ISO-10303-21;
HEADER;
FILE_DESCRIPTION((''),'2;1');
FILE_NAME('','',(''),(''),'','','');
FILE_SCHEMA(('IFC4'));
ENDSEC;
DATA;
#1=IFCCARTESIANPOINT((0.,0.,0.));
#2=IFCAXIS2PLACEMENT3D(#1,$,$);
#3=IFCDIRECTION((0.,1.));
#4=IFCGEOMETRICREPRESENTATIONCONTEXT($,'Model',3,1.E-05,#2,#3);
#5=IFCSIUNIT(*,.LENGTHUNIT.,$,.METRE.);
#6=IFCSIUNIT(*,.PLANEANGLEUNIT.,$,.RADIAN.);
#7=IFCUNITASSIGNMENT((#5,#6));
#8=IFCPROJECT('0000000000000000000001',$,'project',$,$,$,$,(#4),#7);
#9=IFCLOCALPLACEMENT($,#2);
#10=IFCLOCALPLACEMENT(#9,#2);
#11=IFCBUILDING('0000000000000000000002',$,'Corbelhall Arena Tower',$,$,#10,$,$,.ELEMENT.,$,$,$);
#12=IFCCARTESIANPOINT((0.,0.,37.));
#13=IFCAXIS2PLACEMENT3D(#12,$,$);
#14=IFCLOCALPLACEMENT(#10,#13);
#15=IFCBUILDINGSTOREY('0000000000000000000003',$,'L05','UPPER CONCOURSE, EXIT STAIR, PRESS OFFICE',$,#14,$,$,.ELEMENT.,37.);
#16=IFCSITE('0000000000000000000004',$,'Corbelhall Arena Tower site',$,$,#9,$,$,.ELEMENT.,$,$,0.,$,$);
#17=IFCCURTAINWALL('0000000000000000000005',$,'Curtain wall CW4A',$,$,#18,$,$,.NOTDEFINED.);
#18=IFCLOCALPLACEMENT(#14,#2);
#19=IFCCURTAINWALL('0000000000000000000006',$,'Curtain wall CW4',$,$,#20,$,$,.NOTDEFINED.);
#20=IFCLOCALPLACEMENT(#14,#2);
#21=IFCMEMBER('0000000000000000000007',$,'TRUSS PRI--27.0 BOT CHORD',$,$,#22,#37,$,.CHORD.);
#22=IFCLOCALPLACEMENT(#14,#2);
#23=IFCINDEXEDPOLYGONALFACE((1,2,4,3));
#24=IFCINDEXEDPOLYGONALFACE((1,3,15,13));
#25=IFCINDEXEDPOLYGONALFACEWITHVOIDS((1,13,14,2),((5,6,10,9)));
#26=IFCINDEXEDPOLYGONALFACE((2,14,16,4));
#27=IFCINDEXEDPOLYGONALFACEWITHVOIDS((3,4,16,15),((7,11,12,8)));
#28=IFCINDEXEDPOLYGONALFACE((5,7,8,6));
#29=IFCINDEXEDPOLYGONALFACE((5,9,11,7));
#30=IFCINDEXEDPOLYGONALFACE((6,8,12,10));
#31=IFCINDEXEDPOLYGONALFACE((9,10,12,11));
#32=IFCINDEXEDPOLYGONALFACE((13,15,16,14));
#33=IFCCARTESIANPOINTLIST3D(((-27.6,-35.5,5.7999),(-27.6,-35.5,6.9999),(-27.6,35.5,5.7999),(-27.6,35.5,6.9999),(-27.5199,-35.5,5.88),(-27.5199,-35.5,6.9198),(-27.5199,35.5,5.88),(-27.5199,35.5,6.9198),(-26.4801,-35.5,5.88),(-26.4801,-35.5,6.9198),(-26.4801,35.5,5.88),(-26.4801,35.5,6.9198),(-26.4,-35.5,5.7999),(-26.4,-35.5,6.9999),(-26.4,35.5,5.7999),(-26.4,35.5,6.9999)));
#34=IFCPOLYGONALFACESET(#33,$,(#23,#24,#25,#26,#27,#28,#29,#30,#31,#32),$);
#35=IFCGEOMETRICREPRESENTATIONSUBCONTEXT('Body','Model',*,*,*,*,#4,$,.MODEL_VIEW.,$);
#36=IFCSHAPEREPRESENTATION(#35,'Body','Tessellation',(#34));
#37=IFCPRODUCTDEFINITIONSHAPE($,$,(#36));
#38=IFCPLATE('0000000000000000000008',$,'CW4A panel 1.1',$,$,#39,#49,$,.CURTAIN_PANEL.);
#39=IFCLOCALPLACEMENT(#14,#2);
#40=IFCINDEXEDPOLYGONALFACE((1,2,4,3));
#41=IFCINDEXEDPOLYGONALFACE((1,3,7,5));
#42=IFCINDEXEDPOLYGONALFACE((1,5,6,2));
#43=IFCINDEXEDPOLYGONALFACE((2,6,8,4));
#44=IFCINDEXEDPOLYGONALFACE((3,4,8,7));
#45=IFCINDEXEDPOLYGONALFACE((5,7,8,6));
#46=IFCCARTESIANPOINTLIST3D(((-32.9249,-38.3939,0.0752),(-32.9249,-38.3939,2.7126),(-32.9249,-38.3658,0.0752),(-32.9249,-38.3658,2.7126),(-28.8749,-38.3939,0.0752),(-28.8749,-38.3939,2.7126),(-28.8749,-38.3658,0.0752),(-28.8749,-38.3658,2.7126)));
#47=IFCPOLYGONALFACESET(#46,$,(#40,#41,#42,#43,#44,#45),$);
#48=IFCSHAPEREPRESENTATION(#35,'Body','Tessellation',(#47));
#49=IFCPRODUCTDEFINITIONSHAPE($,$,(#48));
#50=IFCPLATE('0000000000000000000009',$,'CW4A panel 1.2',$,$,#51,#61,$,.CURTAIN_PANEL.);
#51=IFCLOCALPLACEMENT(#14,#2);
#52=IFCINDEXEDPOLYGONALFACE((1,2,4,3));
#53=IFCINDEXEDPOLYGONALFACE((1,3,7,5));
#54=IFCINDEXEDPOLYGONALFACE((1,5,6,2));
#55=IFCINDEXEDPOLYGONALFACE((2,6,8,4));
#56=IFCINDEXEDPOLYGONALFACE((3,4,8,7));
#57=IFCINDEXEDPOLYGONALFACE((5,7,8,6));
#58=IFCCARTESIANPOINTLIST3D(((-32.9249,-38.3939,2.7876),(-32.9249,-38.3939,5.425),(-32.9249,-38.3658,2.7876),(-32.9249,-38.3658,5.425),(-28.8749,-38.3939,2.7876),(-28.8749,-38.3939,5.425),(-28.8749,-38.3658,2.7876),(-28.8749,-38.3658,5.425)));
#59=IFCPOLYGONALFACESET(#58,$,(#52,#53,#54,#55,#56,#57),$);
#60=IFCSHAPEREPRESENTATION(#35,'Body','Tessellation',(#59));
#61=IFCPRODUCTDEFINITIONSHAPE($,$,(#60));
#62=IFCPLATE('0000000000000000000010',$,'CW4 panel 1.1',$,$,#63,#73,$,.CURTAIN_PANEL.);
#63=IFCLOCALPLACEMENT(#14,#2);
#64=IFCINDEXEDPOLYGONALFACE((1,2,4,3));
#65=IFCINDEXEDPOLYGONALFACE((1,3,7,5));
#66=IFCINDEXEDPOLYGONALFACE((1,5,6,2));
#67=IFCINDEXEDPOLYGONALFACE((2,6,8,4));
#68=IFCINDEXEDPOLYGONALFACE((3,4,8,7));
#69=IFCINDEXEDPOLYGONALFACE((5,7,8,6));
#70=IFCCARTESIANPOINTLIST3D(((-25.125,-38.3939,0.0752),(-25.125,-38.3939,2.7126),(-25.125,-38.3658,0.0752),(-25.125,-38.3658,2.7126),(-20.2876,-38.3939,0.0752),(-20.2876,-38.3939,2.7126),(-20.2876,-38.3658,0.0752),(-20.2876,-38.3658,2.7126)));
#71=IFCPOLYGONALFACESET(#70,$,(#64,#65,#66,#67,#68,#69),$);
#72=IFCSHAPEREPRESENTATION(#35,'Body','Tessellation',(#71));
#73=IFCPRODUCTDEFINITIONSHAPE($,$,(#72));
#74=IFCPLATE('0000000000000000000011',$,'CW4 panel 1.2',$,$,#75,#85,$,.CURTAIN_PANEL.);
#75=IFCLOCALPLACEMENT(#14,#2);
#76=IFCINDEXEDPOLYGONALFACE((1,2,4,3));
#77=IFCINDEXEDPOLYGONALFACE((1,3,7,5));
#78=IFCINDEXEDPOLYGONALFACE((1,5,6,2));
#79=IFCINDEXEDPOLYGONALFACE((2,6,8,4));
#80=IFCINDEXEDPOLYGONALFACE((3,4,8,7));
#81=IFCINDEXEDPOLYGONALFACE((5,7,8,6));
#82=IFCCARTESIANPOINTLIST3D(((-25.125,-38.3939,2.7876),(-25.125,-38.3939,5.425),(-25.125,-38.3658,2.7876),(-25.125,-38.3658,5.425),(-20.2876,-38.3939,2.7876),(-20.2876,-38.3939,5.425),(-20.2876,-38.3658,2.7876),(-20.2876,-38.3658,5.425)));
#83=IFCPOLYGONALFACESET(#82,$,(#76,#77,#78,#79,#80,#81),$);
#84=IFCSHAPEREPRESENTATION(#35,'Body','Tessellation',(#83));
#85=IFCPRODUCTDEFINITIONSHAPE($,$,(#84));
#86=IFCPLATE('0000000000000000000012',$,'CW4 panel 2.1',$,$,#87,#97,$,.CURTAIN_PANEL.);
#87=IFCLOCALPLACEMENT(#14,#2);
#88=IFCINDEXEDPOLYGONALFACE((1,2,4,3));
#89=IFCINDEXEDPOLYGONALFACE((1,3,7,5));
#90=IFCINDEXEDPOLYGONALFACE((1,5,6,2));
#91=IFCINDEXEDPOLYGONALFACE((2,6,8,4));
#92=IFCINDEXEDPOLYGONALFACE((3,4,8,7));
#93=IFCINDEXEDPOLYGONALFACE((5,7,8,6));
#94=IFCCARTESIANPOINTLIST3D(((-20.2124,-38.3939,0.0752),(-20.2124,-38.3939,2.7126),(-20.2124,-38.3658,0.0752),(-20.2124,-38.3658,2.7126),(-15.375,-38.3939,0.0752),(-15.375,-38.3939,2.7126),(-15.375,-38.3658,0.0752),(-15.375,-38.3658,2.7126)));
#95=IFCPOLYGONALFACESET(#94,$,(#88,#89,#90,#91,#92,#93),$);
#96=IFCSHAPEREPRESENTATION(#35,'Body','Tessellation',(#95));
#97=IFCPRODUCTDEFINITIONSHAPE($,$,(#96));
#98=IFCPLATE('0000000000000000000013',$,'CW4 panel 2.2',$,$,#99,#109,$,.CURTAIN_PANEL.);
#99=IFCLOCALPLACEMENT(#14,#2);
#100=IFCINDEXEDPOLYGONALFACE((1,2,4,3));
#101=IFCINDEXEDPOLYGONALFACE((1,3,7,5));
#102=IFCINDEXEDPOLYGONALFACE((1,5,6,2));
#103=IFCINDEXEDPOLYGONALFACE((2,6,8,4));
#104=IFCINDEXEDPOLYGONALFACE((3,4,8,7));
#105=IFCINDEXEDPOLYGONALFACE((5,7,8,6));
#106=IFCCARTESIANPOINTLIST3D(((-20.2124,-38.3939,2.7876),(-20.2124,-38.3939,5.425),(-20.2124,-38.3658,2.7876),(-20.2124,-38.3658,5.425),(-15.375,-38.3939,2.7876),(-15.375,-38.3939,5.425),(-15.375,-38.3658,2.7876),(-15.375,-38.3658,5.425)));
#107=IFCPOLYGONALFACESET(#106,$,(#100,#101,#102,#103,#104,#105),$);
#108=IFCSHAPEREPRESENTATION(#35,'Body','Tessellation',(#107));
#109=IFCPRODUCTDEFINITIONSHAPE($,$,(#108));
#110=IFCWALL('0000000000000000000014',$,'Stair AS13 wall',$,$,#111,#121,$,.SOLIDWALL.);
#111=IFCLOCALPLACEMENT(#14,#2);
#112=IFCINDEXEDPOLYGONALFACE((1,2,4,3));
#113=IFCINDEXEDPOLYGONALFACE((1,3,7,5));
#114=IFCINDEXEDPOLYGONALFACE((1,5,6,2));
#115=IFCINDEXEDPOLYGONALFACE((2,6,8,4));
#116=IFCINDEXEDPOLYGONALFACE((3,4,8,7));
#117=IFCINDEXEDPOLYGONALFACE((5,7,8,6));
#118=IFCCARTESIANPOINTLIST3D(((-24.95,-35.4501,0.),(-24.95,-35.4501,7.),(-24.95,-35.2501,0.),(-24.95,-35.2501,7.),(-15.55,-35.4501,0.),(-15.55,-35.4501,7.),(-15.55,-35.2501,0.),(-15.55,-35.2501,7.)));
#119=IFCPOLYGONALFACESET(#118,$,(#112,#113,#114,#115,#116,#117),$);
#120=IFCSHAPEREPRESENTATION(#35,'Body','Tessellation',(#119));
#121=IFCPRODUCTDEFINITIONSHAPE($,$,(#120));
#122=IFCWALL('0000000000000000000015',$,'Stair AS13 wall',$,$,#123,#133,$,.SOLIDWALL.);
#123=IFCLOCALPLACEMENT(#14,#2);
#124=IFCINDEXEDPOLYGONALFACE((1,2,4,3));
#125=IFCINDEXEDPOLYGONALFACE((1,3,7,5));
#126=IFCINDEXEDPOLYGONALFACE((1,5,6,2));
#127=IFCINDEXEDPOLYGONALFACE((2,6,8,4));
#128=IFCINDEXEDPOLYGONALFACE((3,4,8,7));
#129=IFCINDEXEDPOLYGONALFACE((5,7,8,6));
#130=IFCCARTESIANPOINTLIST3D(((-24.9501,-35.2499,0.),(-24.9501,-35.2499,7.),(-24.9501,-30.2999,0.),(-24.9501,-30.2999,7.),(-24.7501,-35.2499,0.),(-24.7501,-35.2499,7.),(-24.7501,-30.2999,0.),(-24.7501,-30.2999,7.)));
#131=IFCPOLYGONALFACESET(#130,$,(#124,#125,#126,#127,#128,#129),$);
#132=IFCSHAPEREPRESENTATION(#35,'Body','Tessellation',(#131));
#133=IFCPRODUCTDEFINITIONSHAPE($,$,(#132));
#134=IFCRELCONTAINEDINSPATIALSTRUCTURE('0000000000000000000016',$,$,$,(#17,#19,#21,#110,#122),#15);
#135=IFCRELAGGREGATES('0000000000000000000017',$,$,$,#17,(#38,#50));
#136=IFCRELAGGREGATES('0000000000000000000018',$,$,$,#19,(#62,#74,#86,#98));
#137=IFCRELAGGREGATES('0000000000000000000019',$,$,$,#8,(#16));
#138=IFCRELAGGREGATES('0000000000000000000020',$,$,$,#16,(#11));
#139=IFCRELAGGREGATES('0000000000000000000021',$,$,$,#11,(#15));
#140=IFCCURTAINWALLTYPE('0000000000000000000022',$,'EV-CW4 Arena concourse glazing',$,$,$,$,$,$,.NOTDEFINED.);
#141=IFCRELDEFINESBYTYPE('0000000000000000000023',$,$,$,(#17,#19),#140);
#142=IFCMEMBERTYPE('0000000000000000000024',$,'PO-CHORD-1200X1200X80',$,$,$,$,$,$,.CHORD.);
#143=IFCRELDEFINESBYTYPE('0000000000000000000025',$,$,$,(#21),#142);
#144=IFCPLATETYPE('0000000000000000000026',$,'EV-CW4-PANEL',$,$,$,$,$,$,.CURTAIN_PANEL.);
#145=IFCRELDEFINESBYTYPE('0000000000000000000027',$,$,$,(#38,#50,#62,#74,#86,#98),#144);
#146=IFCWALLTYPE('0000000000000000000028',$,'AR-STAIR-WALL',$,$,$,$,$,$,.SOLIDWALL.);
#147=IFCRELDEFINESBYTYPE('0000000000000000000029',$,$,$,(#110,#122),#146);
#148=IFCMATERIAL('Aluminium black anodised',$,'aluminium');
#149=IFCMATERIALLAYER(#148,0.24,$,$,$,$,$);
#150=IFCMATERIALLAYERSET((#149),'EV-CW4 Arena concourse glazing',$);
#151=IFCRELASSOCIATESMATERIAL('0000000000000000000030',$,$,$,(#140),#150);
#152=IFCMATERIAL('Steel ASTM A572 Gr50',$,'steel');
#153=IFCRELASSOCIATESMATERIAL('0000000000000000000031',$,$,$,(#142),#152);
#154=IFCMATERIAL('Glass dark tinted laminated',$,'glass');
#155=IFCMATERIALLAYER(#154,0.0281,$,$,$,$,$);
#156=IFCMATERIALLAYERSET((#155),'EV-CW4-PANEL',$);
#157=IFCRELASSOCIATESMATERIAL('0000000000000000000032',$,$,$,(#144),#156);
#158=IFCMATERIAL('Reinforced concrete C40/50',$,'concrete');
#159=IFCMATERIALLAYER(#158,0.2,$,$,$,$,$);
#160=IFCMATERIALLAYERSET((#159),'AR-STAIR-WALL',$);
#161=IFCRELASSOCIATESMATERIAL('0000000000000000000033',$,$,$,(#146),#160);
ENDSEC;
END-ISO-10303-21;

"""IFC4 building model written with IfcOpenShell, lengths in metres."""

from ifc_helpers import new_model, si_unit, direction, frame, frame_2d, origin, origin_2d, place, context, subcontext, project, spatial, rectangle, hollow_rectangle, extrude, material, layer, layer_set, material_profile, profile_set, type_object, element, aggregate, save


model = new_model("IFC4")

# Units and contexts
model_context = context("Model", 3, precision=1e-05, world=origin(), true_north=direction((0.0, 1.0)))
body_context = subcontext(model_context, "Body", "Model", "MODEL_VIEW")
ifc_project = project(units=[si_unit("LENGTHUNIT", "METRE"), si_unit("PLANEANGLEUNIT", "RADIAN")], contexts=[model_context])

# Site, building, storey
site_placement = place(None, origin())
site = spatial("IfcSite", under=ifc_project, at=site_placement, Name="Corbelhall Arena Tower site", CompositionType="ELEMENT", RefElevation=0.0)
building_placement = place(site_placement, origin())
building = spatial("IfcBuilding", under=site, at=building_placement, Name="Corbelhall Arena Tower", CompositionType="ELEMENT")
storey_placement = place(building_placement, frame((0.0, 0.0, 37.0)))
storey = spatial("IfcBuildingStorey", under=building, at=storey_placement, Name="L05", Description="UPPER CONCOURSE, EXIT STAIR, PRESS OFFICE", CompositionType="ELEMENT", Elevation=37.0)

# Curtain wall
ifc_material_1 = material(Name="Aluminium black anodised", Category="aluminium")
ifc_layer_1 = layer(ifc_material_1, 0.24)
ifc_layer_set_1 = layer_set([ifc_layer_1], Name="EV-CW4 Arena concourse glazing")
curtain_wall_type = type_object("IfcCurtainWallType", Name="EV-CW4 Arena concourse glazing", PredefinedType="NOTDEFINED", material=ifc_layer_set_1)
curtain_wall_1_placement = place(storey_placement, origin())
curtain_wall_1 = element("IfcCurtainWall", 1, at=curtain_wall_1_placement, inside=storey, type_object=curtain_wall_type, Name="Curtain wall CW4A", PredefinedType="NOTDEFINED")

# Curtain wall
curtain_wall_2_placement = place(storey_placement, origin())
curtain_wall_2 = element("IfcCurtainWall", 2, at=curtain_wall_2_placement, inside=storey, type_object=curtain_wall_type, Name="Curtain wall CW4", PredefinedType="NOTDEFINED")

# Member
ifc_material_2 = material(Name="Steel ASTM A572 Gr50", Category="steel")
ifc_material_profile_1 = material_profile(ifc_material_2, hollow_rectangle(XDim=1.2, YDim=1.2, WallThickness=0.0801, at=origin_2d()))
ifc_profile_set_1 = profile_set([ifc_material_profile_1], Name="Steel ASTM A572 Gr50")
member_type_1 = type_object("IfcMemberType", Name="PO-CHORD-1200X1200X80", PredefinedType="CHORD", material=ifc_profile_set_1)
member_1_placement = place(storey_placement, frame((-27.0, -35.5, 6.3999), z_axis=(0.0, 1.0, 0.0), x_axis=(-1.0, 0.0, 0.0)))
element("IfcMember", 3, at=member_1_placement, inside=storey, type_object=member_type_1, Name="TRUSS PRI--27.0 BOT CHORD", PredefinedType="CHORD", context=body_context, shape_type="SweptSolid", body=[
    extrude(hollow_rectangle(XDim=1.2, YDim=1.2, WallThickness=0.0801, at=origin_2d()), origin(), (0.0, 0.0, 1.0), 71.0),
])

# Plates
ifc_material_3 = material(Name="Glass dark tinted laminated", Category="glass")
ifc_layer_2 = layer(ifc_material_3, 0.0281)
ifc_layer_set_2 = layer_set([ifc_layer_2], Name="EV-CW4-PANEL")
plate_type = type_object("IfcPlateType", Name="EV-CW4-PANEL", PredefinedType="CURTAIN_PANEL", material=ifc_layer_set_2)
plate_1_placement = place(storey_placement, frame((-30.8999, -38.3799, 0.0752), z_axis=(0.0, 0.0, 1.0), x_axis=(1.0, 0.0, 0.0)))
plate_1 = element("IfcPlate", 4, at=plate_1_placement, type_object=plate_type, Name="CW4A panel 1.1", PredefinedType="CURTAIN_PANEL", context=body_context, shape_type="SweptSolid", body=[
    extrude(rectangle(XDim=4.05, YDim=0.0281, at=origin_2d()), origin(), (0.0, 0.0, 1.0), 2.6375),
])
plate_2_placement = place(storey_placement, frame((-30.8999, -38.3799, 2.7876), z_axis=(0.0, 0.0, 1.0), x_axis=(1.0, 0.0, 0.0)))
plate_2 = element("IfcPlate", 5, at=plate_2_placement, type_object=plate_type, Name="CW4A panel 1.2", PredefinedType="CURTAIN_PANEL", context=body_context, shape_type="SweptSolid", body=[
    extrude(rectangle(XDim=4.05, YDim=0.0281, at=origin_2d()), origin(), (0.0, 0.0, 1.0), 2.6375),
])
aggregate(curtain_wall_1, [plate_1, plate_2])
plate_3_placement = place(storey_placement, frame((-22.7063, -38.3799, 0.0752), z_axis=(0.0, 0.0, 1.0), x_axis=(1.0, 0.0, 0.0)))
plate_3 = element("IfcPlate", 6, at=plate_3_placement, type_object=plate_type, Name="CW4 panel 1.1", PredefinedType="CURTAIN_PANEL", context=body_context, shape_type="SweptSolid", body=[
    extrude(rectangle(XDim=4.8374, YDim=0.0281, at=origin_2d()), origin(), (0.0, 0.0, 1.0), 2.6375),
])
plate_4_placement = place(storey_placement, frame((-22.7063, -38.3799, 2.7876), z_axis=(0.0, 0.0, 1.0), x_axis=(1.0, 0.0, 0.0)))
plate_4 = element("IfcPlate", 7, at=plate_4_placement, type_object=plate_type, Name="CW4 panel 1.2", PredefinedType="CURTAIN_PANEL", context=body_context, shape_type="SweptSolid", body=[
    extrude(rectangle(XDim=4.8374, YDim=0.0281, at=origin_2d()), origin(), (0.0, 0.0, 1.0), 2.6375),
])
plate_5_placement = place(storey_placement, frame((-17.7937, -38.3799, 0.0752), z_axis=(0.0, 0.0, 1.0), x_axis=(1.0, 0.0, 0.0)))
plate_5 = element("IfcPlate", 8, at=plate_5_placement, type_object=plate_type, Name="CW4 panel 2.1", PredefinedType="CURTAIN_PANEL", context=body_context, shape_type="SweptSolid", body=[
    extrude(rectangle(XDim=4.8374, YDim=0.0281, at=origin_2d()), origin(), (0.0, 0.0, 1.0), 2.6375),
])
plate_6_placement = place(storey_placement, frame((-17.7937, -38.3799, 2.7876), z_axis=(0.0, 0.0, 1.0), x_axis=(1.0, 0.0, 0.0)))
plate_6 = element("IfcPlate", 9, at=plate_6_placement, type_object=plate_type, Name="CW4 panel 2.2", PredefinedType="CURTAIN_PANEL", context=body_context, shape_type="SweptSolid", body=[
    extrude(rectangle(XDim=4.8374, YDim=0.0281, at=origin_2d()), origin(), (0.0, 0.0, 1.0), 2.6375),
])
aggregate(curtain_wall_2, [plate_3, plate_4, plate_5, plate_6])

# Walls
ifc_material_4 = material(Name="Reinforced concrete C40/50", Category="concrete")
ifc_layer_3 = layer(ifc_material_4, 0.2)
ifc_layer_set_3 = layer_set([ifc_layer_3], Name="AR-STAIR-WALL")
wall_type = type_object("IfcWallType", Name="AR-STAIR-WALL", PredefinedType="SOLIDWALL", material=ifc_layer_set_3)
wall_1_placement = place(storey_placement, frame((-24.95, -35.3501, 0.0), z_axis=(0.0, 0.0, 1.0), x_axis=(1.0, 0.0, 0.0)))
element("IfcWall", 10, at=wall_1_placement, inside=storey, type_object=wall_type, Name="Stair AS13 wall", PredefinedType="SOLIDWALL", context=body_context, shape_type="SweptSolid", body=[
    extrude(rectangle(XDim=9.3999, YDim=0.2, at=frame_2d((4.7, 0.0))), origin(), (0.0, 0.0, 1.0), 7.0),
])
wall_2_placement = place(storey_placement, frame((-24.8501, -35.25, 0.0), z_axis=(0.0, 0.0, 1.0), x_axis=(0.0, 1.0, 0.0)))
element("IfcWall", 11, at=wall_2_placement, inside=storey, type_object=wall_type, Name="Stair AS13 wall", PredefinedType="SOLIDWALL", context=body_context, shape_type="SweptSolid", body=[
    extrude(rectangle(XDim=4.95, YDim=0.2, at=frame_2d((2.4751, 0.0))), origin(), (0.0, 0.0, 1.0), 7.0),
])

save(model, "model.ifc")
